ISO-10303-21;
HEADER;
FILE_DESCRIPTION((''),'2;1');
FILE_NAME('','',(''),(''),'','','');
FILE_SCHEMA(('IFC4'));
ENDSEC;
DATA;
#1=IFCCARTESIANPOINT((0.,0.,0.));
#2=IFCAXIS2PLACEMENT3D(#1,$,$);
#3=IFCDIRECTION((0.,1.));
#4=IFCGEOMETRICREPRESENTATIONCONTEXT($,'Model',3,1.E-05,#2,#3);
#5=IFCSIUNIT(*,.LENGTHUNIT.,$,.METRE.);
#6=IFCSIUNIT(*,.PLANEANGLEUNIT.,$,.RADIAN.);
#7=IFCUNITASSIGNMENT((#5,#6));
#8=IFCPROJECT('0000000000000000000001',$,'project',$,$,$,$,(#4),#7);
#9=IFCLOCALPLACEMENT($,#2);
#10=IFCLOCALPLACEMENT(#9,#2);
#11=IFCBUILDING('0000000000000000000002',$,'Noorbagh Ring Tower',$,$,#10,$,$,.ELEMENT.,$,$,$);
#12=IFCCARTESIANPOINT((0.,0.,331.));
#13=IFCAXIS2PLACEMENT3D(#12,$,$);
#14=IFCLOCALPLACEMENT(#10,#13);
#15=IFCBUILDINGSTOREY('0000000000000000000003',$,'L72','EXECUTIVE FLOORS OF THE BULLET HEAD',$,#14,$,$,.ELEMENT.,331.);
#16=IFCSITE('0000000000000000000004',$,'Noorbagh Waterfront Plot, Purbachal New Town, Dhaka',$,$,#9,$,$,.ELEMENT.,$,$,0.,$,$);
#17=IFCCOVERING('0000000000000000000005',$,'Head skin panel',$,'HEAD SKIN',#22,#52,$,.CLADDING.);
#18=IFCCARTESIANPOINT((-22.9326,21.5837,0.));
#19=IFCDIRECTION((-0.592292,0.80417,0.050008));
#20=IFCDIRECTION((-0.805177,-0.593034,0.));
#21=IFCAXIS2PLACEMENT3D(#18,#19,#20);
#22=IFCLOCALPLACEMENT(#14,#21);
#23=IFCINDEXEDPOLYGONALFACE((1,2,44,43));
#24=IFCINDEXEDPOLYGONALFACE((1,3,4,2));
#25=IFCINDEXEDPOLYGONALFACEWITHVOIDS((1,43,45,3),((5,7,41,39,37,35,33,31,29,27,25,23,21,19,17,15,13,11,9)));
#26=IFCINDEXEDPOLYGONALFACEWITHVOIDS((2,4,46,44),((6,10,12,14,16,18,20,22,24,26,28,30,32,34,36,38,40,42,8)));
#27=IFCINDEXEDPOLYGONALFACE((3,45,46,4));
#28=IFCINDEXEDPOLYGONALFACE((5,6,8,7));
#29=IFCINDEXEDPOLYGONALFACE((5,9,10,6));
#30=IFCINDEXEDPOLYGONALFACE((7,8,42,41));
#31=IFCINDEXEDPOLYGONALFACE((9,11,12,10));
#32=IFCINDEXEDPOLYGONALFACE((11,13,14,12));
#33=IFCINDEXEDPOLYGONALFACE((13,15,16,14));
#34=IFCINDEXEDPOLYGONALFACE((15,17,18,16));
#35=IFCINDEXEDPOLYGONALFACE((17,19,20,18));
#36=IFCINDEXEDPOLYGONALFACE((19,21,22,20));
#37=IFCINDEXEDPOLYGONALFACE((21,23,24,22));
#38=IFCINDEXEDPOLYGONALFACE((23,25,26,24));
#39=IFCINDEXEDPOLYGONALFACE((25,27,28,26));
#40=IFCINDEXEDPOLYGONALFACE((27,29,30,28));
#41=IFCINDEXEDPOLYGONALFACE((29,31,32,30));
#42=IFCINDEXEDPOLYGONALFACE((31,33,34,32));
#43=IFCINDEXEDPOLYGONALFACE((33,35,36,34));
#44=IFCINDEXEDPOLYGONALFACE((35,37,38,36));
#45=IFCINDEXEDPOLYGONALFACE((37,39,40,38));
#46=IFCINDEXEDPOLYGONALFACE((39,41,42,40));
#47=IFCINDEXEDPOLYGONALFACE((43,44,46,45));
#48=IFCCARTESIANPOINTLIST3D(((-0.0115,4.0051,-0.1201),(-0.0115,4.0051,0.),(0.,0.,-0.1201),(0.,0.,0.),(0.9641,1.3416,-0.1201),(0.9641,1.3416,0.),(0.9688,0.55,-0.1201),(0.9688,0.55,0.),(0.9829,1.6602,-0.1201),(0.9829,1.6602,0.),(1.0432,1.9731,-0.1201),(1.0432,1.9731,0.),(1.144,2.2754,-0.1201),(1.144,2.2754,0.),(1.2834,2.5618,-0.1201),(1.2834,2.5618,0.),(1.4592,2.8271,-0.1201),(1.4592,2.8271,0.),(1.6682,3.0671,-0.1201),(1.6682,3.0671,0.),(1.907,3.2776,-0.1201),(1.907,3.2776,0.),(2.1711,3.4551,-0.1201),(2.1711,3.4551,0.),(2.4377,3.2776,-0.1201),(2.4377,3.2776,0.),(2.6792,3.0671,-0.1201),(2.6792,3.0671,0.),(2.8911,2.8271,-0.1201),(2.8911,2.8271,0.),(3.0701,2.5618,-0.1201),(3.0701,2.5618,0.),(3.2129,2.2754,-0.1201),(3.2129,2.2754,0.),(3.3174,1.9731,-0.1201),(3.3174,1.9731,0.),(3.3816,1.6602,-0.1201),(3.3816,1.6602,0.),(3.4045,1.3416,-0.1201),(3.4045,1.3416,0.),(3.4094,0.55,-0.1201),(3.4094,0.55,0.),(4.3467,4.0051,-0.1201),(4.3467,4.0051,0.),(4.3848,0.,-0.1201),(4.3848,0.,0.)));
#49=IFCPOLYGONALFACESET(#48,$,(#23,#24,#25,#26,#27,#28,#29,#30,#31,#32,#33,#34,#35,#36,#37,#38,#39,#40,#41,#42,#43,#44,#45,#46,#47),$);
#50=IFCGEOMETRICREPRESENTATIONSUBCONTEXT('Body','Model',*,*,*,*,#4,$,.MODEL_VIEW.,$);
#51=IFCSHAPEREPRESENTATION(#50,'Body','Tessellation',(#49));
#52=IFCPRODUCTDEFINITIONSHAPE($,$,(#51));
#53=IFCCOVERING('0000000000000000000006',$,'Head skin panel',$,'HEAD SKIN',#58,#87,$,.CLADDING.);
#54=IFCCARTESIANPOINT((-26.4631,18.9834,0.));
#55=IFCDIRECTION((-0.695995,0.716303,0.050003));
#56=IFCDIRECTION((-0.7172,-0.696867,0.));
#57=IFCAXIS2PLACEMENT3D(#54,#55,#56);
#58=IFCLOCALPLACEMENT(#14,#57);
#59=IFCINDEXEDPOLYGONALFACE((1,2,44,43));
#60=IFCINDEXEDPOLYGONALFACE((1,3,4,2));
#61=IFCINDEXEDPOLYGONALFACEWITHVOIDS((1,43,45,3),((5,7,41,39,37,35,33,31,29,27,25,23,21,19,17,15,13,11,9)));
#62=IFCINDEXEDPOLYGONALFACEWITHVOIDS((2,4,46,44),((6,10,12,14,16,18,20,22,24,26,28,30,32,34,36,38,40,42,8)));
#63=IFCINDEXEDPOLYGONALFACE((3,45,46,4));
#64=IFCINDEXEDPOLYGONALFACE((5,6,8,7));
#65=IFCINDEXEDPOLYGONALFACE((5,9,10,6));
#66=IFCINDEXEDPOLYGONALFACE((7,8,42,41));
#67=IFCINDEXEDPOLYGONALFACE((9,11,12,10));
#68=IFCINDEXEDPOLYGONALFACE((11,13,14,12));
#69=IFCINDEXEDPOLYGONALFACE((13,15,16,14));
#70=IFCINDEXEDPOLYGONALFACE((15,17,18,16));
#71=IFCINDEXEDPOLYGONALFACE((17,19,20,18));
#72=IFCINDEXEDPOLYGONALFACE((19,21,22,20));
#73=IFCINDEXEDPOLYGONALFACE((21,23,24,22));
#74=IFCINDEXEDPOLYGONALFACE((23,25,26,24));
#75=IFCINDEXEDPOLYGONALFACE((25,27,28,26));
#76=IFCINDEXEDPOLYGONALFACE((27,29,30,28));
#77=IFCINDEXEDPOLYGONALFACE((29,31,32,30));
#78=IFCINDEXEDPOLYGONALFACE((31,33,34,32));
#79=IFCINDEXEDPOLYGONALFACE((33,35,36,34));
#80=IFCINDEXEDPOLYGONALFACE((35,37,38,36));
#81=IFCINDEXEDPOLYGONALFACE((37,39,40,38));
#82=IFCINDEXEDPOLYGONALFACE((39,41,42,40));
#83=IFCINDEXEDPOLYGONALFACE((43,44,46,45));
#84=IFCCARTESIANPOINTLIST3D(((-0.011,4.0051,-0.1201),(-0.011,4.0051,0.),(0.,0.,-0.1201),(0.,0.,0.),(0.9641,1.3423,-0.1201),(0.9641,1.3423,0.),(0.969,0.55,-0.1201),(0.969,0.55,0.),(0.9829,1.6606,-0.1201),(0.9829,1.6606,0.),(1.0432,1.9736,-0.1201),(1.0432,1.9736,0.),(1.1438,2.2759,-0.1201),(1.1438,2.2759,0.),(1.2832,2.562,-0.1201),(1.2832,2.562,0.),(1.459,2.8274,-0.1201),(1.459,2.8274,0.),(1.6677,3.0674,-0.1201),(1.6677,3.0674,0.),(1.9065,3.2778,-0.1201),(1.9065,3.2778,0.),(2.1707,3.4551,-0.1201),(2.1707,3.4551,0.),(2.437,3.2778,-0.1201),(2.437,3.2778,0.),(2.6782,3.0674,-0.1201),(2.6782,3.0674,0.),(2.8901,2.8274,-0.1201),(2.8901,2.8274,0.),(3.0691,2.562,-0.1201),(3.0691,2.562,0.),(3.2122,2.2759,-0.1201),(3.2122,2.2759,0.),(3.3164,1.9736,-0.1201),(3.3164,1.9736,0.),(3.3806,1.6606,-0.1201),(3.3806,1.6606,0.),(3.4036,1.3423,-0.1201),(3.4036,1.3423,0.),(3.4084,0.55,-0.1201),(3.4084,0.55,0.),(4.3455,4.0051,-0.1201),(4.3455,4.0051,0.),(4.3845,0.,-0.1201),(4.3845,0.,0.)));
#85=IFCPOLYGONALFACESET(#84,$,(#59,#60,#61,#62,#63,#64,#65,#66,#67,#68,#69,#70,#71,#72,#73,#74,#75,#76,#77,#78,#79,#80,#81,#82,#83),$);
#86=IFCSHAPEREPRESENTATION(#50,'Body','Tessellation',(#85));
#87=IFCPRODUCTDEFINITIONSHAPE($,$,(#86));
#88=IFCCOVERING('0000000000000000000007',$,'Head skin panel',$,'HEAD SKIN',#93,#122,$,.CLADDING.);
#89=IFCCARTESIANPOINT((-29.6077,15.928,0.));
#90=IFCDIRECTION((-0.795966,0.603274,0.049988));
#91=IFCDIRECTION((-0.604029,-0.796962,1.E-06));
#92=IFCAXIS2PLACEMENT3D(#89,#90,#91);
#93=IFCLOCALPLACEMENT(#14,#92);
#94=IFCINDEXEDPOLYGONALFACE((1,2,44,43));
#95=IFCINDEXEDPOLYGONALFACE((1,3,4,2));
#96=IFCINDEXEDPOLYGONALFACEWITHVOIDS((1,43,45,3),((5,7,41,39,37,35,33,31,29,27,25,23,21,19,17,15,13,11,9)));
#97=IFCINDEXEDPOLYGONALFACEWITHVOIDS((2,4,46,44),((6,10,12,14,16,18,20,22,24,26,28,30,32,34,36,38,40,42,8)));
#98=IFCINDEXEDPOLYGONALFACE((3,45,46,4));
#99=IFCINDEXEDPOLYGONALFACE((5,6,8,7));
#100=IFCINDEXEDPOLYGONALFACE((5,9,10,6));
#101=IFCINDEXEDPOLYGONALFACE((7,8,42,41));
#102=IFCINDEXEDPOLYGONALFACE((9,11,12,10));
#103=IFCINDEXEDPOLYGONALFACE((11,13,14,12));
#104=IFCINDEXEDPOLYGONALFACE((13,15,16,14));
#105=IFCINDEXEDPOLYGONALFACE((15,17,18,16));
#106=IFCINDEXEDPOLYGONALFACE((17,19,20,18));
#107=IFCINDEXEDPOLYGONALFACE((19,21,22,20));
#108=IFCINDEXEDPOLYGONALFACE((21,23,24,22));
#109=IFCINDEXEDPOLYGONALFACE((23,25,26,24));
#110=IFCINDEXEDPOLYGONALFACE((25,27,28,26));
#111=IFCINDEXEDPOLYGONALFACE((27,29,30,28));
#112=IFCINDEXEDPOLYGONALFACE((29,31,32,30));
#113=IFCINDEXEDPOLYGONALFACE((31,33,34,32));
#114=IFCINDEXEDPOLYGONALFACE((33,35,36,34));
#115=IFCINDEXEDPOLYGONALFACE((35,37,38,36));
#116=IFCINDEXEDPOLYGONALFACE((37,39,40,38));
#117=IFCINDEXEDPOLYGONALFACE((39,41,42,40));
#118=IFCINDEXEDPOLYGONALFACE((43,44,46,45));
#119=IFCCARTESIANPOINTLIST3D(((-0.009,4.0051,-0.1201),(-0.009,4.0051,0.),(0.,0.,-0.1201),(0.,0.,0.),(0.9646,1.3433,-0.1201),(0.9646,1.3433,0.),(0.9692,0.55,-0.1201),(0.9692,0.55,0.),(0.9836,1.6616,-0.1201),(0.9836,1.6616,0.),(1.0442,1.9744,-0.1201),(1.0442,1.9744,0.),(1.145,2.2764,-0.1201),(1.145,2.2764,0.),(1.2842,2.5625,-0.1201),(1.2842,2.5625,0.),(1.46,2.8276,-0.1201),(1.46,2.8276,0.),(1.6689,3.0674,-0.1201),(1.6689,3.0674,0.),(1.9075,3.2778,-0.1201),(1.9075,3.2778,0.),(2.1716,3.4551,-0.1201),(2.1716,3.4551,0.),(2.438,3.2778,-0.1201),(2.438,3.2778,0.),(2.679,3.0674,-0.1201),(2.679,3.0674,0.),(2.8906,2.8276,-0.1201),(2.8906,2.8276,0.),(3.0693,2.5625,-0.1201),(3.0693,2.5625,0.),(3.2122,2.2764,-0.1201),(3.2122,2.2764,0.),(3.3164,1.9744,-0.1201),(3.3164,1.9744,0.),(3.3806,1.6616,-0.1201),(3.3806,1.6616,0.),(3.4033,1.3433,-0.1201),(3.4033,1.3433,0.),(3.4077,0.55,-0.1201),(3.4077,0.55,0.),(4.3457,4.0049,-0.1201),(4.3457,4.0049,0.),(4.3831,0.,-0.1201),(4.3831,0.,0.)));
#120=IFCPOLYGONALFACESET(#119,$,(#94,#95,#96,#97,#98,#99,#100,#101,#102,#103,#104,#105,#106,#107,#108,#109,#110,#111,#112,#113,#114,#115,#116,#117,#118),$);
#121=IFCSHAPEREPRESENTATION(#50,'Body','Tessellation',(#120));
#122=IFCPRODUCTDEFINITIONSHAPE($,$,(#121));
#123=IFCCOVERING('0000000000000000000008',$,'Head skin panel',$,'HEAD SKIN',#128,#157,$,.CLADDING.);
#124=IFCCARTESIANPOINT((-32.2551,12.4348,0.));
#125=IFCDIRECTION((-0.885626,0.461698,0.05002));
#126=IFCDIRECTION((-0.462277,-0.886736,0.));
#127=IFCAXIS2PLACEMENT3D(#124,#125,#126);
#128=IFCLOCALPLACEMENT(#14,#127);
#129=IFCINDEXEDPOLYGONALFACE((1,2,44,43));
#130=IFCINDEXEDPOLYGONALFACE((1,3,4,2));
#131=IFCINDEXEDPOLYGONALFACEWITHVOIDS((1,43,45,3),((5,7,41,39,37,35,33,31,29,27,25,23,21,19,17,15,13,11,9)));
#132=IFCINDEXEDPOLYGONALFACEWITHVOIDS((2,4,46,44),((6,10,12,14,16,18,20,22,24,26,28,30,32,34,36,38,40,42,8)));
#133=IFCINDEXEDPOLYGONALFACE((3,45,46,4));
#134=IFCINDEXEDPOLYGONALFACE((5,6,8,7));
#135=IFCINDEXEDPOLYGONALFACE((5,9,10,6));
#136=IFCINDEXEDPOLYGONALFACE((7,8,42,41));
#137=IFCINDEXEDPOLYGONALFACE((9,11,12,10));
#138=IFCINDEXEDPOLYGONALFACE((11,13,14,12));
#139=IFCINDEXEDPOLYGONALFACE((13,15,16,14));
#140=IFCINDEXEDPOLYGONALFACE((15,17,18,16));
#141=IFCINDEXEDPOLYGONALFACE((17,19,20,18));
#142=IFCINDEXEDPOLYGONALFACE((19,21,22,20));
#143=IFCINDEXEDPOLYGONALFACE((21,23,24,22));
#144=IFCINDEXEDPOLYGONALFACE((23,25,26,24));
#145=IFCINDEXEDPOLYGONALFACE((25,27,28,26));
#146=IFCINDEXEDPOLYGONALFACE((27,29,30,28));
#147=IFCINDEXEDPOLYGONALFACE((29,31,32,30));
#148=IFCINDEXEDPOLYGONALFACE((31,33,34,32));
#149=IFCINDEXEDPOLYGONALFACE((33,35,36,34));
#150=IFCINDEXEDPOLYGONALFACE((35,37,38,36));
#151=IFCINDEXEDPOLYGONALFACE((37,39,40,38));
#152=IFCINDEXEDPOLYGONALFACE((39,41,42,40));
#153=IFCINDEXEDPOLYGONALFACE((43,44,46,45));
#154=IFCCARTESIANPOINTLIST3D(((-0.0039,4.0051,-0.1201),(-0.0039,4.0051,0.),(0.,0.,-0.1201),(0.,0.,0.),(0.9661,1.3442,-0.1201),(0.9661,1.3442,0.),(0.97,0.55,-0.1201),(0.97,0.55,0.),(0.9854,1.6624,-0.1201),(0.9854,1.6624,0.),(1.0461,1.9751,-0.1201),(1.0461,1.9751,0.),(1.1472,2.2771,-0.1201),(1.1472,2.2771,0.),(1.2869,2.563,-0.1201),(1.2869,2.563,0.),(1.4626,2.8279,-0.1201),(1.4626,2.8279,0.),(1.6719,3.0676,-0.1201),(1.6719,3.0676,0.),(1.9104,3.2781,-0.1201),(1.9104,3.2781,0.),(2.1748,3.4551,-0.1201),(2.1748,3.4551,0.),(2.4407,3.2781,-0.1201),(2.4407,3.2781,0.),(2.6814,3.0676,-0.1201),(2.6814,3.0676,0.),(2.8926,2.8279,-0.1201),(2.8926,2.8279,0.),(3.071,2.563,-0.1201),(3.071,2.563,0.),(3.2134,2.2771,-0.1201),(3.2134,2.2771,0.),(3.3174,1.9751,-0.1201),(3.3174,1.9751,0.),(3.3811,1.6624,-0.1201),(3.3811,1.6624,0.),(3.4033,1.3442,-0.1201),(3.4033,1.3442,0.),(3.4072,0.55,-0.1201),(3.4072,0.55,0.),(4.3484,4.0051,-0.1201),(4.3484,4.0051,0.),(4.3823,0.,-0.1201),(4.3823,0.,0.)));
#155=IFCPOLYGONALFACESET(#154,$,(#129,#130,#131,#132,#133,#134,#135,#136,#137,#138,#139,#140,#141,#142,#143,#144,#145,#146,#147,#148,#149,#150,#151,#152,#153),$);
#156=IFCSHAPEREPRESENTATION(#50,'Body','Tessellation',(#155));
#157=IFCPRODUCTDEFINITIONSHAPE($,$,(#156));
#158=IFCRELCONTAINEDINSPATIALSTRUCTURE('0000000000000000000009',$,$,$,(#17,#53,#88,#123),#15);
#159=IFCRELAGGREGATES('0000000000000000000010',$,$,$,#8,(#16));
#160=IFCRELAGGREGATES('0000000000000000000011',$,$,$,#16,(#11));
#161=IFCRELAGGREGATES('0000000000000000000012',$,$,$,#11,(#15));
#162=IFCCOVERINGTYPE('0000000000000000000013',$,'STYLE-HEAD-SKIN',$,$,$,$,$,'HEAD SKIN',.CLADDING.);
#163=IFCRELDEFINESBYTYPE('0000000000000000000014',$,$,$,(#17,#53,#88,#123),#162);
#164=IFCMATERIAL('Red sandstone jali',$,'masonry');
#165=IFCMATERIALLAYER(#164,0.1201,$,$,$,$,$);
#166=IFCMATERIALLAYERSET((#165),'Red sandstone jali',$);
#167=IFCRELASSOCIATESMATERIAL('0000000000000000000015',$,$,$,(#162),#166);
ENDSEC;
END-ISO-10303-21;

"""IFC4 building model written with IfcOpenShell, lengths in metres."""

from ifc_helpers import new_model, si_unit, direction, frame, origin, place, context, subcontext, project, spatial, polyline, outline, extrude, material, layer, layer_set, type_object, element, save


model = new_model("IFC4")

# Units and contexts
model_context = context("Model", 3, precision=1e-05, world=origin(), true_north=direction((0.0, 1.0)))
body_context = subcontext(model_context, "Body", "Model", "MODEL_VIEW")
ifc_project = project(units=[si_unit("LENGTHUNIT", "METRE"), si_unit("PLANEANGLEUNIT", "RADIAN")], contexts=[model_context])

# Site, building, storey
site_placement = place(None, origin())
site = spatial("IfcSite", under=ifc_project, at=site_placement, Name="Noorbagh Waterfront Plot, Purbachal New Town, Dhaka", CompositionType="ELEMENT", RefElevation=0.0)
building_placement = place(site_placement, origin())
building = spatial("IfcBuilding", under=site, at=building_placement, Name="Noorbagh Ring Tower", CompositionType="ELEMENT")
storey_placement = place(building_placement, frame((0.0, 0.0, 331.0)))
storey = spatial("IfcBuildingStorey", under=building, at=storey_placement, Name="L72", Description="EXECUTIVE FLOORS OF THE BULLET HEAD", CompositionType="ELEMENT", Elevation=331.0)

# Coverings
ifc_material_1 = material(Name="Red sandstone jali", Category="masonry")
ifc_layer_1 = layer(ifc_material_1, 0.1201)
ifc_layer_set_1 = layer_set([ifc_layer_1], Name="Red sandstone jali")
covering_type_1 = type_object("IfcCoveringType", Name="STYLE-HEAD-SKIN", ElementType="HEAD SKIN", PredefinedType="CLADDING", material=ifc_layer_set_1)
covering_1_placement = place(storey_placement, frame((-22.9326, 21.5837, 0.0), z_axis=(-0.592292, 0.80417, 0.050008), x_axis=(-0.805177, -0.593034, 0.0)))
element("IfcCovering", 1, at=covering_1_placement, inside=storey, type_object=covering_type_1, Name="Head skin panel", ObjectType="HEAD SKIN", PredefinedType="CLADDING", context=body_context, shape_type="SweptSolid", body=[
    extrude(outline(polyline([(0.0, 0.0), (4.3848, 0.0), (4.3467, 4.0051), (-0.0115, 4.0051), (0.0, 0.0)]), holes=[polyline([(0.9688, 0.55), (0.9641, 1.3416), (0.9829, 1.6602), (1.0432, 1.9731), (1.144, 2.2754), (1.2834, 2.5618), (1.4592, 2.8271), (1.6682, 3.0671), (1.907, 3.2776), (2.1711, 3.4551), (2.4377, 3.2776), (2.6792, 3.0671), (2.8911, 2.8271), (3.0701, 2.5618), (3.2129, 2.2754), (3.3174, 1.9731), (3.3816, 1.6602), (3.4045, 1.3416), (3.4094, 0.55), (0.9688, 0.55)])]), origin(), (0.0, 0.0, -1.0), 0.1201),
])
covering_2_placement = place(storey_placement, frame((-26.4631, 18.9834, 0.0), z_axis=(-0.695995, 0.716303, 0.050003), x_axis=(-0.7172, -0.696867, 0.0)))
element("IfcCovering", 2, at=covering_2_placement, inside=storey, type_object=covering_type_1, Name="Head skin panel", ObjectType="HEAD SKIN", PredefinedType="CLADDING", context=body_context, shape_type="SweptSolid", body=[
    extrude(outline(polyline([(0.0, 0.0), (4.3845, 0.0), (4.3455, 4.0051), (-0.011, 4.0051), (0.0, 0.0)]), holes=[polyline([(0.969, 0.55), (0.9641, 1.3423), (0.9829, 1.6606), (1.0432, 1.9736), (1.1438, 2.2759), (1.2832, 2.562), (1.459, 2.8274), (1.6677, 3.0674), (1.9065, 3.2778), (2.1707, 3.4551), (2.437, 3.2778), (2.6782, 3.0674), (2.8901, 2.8274), (3.0691, 2.562), (3.2122, 2.2759), (3.3164, 1.9736), (3.3806, 1.6606), (3.4036, 1.3423), (3.4084, 0.55), (0.969, 0.55)])]), origin(), (0.0, 0.0, -1.0), 0.1201),
])
covering_3_placement = place(storey_placement, frame((-29.6077, 15.928, 0.0), z_axis=(-0.795966, 0.603274, 0.049988), x_axis=(-0.604029, -0.796962, 0.000001)))
element("IfcCovering", 3, at=covering_3_placement, inside=storey, type_object=covering_type_1, Name="Head skin panel", ObjectType="HEAD SKIN", PredefinedType="CLADDING", context=body_context, shape_type="SweptSolid", body=[
    extrude(outline(polyline([(0.0, 0.0), (4.3831, 0.0), (4.3457, 4.0049), (-0.009, 4.0051), (0.0, 0.0)]), holes=[polyline([(0.9692, 0.55), (0.9646, 1.3433), (0.9836, 1.6616), (1.0442, 1.9744), (1.145, 2.2764), (1.2842, 2.5625), (1.46, 2.8276), (1.6689, 3.0674), (1.9075, 3.2778), (2.1716, 3.4551), (2.438, 3.2778), (2.679, 3.0674), (2.8906, 2.8276), (3.0693, 2.5625), (3.2122, 2.2764), (3.3164, 1.9744), (3.3806, 1.6616), (3.4033, 1.3433), (3.4077, 0.55), (0.9692, 0.55)])]), origin(), (0.0, 0.0, -1.0), 0.1201),
])
covering_4_placement = place(storey_placement, frame((-32.2551, 12.4348, 0.0), z_axis=(-0.885626, 0.461698, 0.05002), x_axis=(-0.462277, -0.886736, 0.0)))
element("IfcCovering", 4, at=covering_4_placement, inside=storey, type_object=covering_type_1, Name="Head skin panel", ObjectType="HEAD SKIN", PredefinedType="CLADDING", context=body_context, shape_type="SweptSolid", body=[
    extrude(outline(polyline([(0.0, 0.0), (4.3823, 0.0), (4.3484, 4.0051), (-0.0039, 4.0051), (0.0, 0.0)]), holes=[polyline([(0.97, 0.55), (0.9661, 1.3442), (0.9854, 1.6624), (1.0461, 1.9751), (1.1472, 2.2771), (1.2869, 2.563), (1.4626, 2.8279), (1.6719, 3.0676), (1.9104, 3.2781), (2.1748, 3.4551), (2.4407, 3.2781), (2.6814, 3.0676), (2.8926, 2.8279), (3.071, 2.563), (3.2134, 2.2771), (3.3174, 1.9751), (3.3811, 1.6624), (3.4033, 1.3442), (3.4072, 0.55), (0.97, 0.55)])]), origin(), (0.0, 0.0, -1.0), 0.1201),
])

save(model, "model.ifc")
